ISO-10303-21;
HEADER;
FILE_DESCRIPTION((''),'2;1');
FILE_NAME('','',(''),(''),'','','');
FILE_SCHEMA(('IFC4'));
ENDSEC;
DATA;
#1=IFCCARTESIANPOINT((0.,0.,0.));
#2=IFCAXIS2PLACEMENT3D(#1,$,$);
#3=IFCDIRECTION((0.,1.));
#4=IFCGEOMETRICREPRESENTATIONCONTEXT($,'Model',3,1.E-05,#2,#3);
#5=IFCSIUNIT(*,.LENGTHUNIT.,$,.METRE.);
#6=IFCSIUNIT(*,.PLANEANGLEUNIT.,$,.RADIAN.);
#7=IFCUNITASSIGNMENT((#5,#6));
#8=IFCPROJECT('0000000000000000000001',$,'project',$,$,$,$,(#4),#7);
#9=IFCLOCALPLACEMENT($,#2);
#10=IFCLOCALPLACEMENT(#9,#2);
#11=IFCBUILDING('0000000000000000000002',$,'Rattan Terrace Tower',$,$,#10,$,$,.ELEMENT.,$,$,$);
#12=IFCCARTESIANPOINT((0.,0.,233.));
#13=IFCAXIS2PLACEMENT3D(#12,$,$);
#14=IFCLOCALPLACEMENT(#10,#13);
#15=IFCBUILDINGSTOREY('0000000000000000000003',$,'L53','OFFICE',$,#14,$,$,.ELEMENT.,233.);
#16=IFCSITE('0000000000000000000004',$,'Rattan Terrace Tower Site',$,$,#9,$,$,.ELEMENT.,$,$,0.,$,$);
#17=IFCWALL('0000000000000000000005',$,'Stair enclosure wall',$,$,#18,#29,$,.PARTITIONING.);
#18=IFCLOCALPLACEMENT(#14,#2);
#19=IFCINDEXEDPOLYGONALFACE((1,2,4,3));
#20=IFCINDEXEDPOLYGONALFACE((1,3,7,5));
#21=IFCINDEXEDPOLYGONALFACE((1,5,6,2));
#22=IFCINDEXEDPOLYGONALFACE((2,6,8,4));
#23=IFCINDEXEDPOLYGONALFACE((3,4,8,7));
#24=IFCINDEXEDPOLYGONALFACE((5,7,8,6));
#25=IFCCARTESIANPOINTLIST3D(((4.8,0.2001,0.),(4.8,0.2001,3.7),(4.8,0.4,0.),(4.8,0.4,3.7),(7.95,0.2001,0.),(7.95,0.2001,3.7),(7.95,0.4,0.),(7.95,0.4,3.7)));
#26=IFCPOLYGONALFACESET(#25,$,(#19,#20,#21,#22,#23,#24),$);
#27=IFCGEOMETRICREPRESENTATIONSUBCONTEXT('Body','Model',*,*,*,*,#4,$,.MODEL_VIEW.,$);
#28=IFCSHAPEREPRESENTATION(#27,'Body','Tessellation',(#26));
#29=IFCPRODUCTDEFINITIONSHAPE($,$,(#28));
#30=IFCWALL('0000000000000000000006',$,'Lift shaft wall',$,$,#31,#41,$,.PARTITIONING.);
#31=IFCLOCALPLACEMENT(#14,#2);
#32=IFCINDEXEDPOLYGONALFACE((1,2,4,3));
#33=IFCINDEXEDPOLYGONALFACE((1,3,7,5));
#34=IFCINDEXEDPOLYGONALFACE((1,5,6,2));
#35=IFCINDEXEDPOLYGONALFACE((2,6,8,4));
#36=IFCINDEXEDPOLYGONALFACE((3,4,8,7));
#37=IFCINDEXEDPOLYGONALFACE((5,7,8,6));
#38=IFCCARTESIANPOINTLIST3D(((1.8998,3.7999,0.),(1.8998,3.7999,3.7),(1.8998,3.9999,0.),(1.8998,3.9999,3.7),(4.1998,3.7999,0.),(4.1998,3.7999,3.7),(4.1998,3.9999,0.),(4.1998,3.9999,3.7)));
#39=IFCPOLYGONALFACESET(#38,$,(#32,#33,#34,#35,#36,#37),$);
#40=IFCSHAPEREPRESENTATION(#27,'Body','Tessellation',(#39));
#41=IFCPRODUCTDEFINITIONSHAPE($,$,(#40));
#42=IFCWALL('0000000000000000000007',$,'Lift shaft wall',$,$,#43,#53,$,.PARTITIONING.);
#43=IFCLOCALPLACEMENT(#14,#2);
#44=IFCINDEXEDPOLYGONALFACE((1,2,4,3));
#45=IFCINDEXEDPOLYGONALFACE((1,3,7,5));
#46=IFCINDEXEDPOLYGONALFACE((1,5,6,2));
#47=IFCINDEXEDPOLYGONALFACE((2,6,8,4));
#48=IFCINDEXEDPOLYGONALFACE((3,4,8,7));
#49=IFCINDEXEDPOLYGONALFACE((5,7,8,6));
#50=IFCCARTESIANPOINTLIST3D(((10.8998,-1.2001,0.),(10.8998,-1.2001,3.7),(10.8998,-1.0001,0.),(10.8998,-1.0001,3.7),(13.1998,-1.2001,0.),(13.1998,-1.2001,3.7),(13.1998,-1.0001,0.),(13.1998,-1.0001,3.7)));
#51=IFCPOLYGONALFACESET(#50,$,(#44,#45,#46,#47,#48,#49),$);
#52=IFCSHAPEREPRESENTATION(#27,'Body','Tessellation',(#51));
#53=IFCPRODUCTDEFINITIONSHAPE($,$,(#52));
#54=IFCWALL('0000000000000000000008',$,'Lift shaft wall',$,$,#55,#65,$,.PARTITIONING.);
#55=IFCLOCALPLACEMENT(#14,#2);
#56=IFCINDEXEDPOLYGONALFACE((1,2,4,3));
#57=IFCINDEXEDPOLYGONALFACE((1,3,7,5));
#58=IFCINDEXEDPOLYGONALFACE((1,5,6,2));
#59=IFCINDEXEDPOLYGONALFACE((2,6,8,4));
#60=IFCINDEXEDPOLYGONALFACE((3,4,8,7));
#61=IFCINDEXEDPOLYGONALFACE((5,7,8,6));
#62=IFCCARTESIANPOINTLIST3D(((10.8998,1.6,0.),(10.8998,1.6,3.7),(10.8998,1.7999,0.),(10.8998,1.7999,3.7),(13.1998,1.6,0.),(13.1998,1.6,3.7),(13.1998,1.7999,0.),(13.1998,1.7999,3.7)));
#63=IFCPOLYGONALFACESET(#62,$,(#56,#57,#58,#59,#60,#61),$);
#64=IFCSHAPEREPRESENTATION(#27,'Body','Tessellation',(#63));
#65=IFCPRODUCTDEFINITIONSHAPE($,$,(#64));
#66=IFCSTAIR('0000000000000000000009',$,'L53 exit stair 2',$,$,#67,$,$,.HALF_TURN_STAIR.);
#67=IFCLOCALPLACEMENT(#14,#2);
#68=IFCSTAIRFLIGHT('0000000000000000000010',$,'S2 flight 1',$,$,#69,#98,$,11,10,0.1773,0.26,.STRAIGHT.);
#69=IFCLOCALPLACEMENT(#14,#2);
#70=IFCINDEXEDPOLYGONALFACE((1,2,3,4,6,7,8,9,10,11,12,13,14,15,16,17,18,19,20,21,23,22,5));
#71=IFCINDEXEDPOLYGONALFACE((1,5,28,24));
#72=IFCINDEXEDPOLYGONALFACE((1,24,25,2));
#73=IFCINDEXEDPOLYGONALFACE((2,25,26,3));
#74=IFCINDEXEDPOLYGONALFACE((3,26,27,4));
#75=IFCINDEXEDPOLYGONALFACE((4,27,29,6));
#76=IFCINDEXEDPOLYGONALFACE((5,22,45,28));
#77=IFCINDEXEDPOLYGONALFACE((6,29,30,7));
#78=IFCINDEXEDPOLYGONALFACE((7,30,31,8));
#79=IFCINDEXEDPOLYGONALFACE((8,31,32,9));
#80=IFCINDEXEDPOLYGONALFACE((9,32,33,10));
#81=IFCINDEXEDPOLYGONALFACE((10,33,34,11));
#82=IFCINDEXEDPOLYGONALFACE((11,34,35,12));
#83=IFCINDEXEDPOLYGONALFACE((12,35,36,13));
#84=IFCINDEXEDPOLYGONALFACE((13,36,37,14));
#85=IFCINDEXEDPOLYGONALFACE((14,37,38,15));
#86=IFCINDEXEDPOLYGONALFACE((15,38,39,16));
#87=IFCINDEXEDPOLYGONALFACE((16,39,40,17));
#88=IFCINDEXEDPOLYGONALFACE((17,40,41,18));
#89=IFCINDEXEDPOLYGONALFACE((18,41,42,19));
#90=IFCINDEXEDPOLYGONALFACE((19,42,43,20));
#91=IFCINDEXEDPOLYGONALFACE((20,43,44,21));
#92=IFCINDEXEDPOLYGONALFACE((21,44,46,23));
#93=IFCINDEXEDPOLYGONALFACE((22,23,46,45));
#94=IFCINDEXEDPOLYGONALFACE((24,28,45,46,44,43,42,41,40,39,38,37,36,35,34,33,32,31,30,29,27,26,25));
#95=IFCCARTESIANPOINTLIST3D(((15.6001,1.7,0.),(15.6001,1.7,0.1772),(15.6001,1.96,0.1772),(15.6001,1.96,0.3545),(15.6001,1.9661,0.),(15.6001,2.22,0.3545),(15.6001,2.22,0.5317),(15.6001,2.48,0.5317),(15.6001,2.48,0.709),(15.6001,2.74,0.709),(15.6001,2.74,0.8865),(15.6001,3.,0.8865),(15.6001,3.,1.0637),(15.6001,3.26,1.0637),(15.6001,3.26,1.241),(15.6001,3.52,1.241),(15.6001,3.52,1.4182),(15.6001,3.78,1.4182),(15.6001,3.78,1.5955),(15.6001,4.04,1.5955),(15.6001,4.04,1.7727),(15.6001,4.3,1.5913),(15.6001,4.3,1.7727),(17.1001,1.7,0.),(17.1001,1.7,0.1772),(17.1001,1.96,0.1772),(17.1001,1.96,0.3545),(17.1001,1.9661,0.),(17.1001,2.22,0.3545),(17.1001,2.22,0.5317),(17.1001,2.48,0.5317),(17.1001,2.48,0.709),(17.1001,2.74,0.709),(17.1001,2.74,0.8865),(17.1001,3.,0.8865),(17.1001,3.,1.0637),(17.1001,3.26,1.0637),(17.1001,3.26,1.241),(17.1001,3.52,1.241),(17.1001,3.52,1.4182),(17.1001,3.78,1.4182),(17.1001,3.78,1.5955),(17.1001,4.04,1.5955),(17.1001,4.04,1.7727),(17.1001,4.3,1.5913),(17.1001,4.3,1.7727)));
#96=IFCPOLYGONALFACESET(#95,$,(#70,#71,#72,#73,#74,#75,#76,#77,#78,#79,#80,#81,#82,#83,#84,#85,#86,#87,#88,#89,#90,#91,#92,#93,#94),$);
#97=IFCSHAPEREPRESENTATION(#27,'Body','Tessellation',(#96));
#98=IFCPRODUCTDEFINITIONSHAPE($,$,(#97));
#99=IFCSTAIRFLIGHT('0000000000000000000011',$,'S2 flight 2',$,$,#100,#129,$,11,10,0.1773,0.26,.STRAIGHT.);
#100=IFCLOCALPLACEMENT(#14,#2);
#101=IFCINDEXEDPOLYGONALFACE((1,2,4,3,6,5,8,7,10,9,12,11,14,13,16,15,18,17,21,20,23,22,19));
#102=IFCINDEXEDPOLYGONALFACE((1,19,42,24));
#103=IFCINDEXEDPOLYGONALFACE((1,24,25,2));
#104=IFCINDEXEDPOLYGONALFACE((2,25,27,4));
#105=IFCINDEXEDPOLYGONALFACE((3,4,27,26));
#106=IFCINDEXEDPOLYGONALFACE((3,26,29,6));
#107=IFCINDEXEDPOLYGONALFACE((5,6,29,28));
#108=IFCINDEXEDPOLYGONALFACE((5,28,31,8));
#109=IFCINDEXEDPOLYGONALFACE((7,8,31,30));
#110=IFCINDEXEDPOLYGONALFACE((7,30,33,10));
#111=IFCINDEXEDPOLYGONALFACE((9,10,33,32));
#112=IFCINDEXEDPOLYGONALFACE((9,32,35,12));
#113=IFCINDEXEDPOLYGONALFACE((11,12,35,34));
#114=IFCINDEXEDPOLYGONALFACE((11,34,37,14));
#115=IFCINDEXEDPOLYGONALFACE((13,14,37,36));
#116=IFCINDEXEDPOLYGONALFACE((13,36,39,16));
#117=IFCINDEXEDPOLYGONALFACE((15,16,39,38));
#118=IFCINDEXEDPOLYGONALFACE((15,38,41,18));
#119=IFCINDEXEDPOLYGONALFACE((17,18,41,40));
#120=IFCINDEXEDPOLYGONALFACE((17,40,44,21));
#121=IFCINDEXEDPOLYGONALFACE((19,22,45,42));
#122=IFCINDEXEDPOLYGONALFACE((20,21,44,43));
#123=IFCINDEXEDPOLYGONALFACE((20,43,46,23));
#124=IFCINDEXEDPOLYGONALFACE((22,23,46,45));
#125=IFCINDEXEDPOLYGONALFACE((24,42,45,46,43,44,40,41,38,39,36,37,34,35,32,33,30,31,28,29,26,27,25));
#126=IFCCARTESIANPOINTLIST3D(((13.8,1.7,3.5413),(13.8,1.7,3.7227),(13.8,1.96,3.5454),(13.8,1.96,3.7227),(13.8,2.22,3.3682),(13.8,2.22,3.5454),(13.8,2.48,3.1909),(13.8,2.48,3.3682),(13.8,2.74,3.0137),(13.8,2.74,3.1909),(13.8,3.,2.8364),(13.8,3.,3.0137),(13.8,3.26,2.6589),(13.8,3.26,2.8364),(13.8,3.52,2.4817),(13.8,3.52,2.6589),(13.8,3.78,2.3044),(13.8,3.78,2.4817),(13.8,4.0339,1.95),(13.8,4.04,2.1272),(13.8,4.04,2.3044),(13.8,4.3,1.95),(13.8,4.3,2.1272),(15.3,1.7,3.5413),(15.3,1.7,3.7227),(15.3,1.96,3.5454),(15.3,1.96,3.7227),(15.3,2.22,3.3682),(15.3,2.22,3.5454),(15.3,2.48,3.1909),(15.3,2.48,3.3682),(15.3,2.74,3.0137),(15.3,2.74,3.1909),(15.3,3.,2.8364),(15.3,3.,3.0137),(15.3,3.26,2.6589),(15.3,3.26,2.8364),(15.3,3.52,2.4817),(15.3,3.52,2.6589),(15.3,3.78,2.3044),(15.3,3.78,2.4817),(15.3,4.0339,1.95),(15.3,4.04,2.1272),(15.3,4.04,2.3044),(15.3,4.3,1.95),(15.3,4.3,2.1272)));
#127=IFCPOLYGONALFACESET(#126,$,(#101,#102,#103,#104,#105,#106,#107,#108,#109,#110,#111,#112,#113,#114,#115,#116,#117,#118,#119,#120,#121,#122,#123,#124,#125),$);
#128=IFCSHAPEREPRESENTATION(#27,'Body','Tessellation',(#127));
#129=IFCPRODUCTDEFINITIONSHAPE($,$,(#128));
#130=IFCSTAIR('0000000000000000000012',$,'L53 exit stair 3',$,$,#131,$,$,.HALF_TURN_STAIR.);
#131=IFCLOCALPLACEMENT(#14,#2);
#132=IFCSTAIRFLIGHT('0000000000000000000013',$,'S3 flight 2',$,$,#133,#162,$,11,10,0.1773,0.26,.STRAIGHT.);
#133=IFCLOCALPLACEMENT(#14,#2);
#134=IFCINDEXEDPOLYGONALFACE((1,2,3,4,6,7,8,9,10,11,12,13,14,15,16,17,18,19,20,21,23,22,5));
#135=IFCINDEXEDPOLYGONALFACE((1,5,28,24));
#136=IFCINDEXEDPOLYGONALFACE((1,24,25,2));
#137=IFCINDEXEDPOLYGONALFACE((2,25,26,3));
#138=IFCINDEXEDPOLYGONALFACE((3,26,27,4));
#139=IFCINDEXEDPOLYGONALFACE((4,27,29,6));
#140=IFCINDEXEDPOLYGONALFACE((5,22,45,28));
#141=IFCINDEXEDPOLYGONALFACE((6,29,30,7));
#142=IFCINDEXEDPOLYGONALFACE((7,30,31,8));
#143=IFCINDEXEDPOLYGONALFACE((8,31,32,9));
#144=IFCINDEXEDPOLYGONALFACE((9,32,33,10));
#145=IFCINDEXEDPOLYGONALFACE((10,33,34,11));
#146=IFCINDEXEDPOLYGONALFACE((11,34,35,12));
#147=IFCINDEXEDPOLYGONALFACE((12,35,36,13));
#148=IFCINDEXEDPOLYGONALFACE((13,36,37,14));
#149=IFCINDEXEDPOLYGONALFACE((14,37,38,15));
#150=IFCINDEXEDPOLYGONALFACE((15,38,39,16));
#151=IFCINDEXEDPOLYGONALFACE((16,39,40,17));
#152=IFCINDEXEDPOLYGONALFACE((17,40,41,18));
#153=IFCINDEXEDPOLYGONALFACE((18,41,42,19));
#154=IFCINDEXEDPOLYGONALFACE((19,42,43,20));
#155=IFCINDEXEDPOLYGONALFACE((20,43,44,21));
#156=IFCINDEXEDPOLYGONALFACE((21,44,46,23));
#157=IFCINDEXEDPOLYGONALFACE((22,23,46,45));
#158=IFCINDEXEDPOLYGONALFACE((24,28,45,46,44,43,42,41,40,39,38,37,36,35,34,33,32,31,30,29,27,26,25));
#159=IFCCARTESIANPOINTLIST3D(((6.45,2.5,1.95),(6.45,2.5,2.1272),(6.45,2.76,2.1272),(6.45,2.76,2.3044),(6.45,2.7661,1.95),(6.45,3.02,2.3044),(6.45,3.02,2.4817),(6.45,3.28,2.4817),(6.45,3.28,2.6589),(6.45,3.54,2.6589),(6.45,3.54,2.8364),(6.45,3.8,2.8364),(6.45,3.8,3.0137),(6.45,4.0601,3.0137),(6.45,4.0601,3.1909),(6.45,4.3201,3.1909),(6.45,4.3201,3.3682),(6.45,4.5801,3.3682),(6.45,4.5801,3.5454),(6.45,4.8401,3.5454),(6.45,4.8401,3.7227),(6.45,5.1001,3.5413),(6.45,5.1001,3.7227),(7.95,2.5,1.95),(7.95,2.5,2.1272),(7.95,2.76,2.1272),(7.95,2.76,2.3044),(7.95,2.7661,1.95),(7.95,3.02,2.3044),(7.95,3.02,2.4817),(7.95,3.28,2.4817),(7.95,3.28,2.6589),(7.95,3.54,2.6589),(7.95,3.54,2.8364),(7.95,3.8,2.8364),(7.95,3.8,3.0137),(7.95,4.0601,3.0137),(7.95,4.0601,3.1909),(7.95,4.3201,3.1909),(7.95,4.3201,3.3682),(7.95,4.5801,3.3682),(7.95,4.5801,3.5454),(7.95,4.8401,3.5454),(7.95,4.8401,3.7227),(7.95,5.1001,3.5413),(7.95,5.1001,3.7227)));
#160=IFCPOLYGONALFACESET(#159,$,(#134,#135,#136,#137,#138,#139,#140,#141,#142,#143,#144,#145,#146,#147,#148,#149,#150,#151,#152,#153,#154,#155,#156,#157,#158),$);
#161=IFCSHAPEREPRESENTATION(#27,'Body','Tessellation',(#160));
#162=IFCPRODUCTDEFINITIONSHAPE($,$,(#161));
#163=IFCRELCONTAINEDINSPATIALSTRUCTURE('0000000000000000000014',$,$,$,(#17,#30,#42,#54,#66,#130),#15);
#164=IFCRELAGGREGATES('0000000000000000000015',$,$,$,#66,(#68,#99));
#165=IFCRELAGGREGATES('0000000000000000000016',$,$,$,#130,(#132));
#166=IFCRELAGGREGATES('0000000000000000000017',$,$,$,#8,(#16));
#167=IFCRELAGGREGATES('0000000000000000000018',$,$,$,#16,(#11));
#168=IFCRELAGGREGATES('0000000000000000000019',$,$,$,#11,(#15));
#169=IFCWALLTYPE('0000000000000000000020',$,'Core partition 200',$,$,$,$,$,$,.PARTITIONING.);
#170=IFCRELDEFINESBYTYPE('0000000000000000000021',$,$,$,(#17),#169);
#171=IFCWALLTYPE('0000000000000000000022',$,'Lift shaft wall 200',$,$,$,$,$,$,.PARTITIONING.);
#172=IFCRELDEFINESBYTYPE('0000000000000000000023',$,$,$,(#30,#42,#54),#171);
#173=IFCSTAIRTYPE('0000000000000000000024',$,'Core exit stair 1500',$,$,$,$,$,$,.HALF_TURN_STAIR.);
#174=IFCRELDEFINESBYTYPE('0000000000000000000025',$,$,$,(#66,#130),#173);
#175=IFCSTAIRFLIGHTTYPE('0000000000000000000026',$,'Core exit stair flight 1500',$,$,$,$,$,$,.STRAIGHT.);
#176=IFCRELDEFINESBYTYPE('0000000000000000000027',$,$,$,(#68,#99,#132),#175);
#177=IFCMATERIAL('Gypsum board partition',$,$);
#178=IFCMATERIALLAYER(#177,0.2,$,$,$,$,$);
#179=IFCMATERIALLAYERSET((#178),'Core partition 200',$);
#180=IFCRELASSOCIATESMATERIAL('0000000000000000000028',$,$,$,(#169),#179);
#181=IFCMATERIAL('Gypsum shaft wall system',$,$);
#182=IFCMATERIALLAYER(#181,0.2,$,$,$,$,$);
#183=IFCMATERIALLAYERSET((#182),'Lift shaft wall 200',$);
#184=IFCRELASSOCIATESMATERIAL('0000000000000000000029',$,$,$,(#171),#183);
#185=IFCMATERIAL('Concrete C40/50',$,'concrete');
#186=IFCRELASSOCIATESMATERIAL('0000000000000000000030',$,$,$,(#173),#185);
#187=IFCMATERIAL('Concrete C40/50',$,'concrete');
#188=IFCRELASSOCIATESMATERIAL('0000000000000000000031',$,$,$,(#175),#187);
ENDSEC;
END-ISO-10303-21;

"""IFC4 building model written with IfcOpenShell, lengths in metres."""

from ifc_helpers import new_model, si_unit, direction, frame, frame_2d, origin, place, context, subcontext, project, spatial, polyline, rectangle, outline, extrude, material, layer, layer_set, type_object, element, aggregate, save


model = new_model("IFC4")

# Units and contexts
model_context = context("Model", 3, precision=1e-05, world=origin(), true_north=direction((0.0, 1.0)))
body_context = subcontext(model_context, "Body", "Model", "MODEL_VIEW")
ifc_project = project(units=[si_unit("LENGTHUNIT", "METRE"), si_unit("PLANEANGLEUNIT", "RADIAN")], contexts=[model_context])

# Site, building, storey
site_placement = place(None, origin())
site = spatial("IfcSite", under=ifc_project, at=site_placement, Name="Rattan Terrace Tower Site", CompositionType="ELEMENT", RefElevation=0.0)
building_placement = place(site_placement, origin())
building = spatial("IfcBuilding", under=site, at=building_placement, Name="Rattan Terrace Tower", CompositionType="ELEMENT")
storey_placement = place(building_placement, frame((0.0, 0.0, 233.0)))
storey = spatial("IfcBuildingStorey", under=building, at=storey_placement, Name="L53", Description="OFFICE", CompositionType="ELEMENT", Elevation=233.0)

# Shared definitions
ifc_material_1 = material(Name="Gypsum board partition")
ifc_layer_1 = layer(ifc_material_1, 0.2)
ifc_layer_set_1 = layer_set([ifc_layer_1], Name="Core partition 200")
wall_type_1 = type_object("IfcWallType", Name="Core partition 200", PredefinedType="PARTITIONING", material=ifc_layer_set_1)

# Walls
wall_1_placement = place(storey_placement, frame((4.8, 0.3, 0.0), z_axis=(0.0, 0.0, 1.0), x_axis=(1.0, 0.0, 0.0)))
element("IfcWall", 1, at=wall_1_placement, inside=storey, type_object=wall_type_1, Name="Stair enclosure wall", PredefinedType="PARTITIONING", context=body_context, shape_type="SweptSolid", body=[
    extrude(rectangle(XDim=3.1499, YDim=0.2, at=frame_2d((1.575, 0.0))), origin(), (0.0, 0.0, 1.0), 3.7),
])
ifc_material_2 = material(Name="Gypsum shaft wall system")
ifc_layer_2 = layer(ifc_material_2, 0.2)
ifc_layer_set_2 = layer_set([ifc_layer_2], Name="Lift shaft wall 200")
wall_type_2 = type_object("IfcWallType", Name="Lift shaft wall 200", PredefinedType="PARTITIONING", material=ifc_layer_set_2)
for number, where, z_axis, x_axis, name in (
    (2, (1.8999, 3.8999, 0.0), (0.0, 0.0, 1.0), (1.0, 0.0, 0.0), "Lift shaft wall"),
    (3, (10.8999, -1.1001, 0.0), (0.0, 0.0, 1.0), (1.0, 0.0, 0.0), "Lift shaft wall"),
    (4, (10.8999, 1.7, 0.0), (0.0, 0.0, 1.0), (1.0, 0.0, 0.0), "Lift shaft wall"),
):
    element("IfcWall", number, at=place(storey_placement, frame(where, z_axis=z_axis, x_axis=x_axis)), inside=storey, type_object=wall_type_2, Name=name, PredefinedType="PARTITIONING", context=body_context, shape_type="SweptSolid", body=[
        extrude(rectangle(XDim=2.3, YDim=0.2, at=frame_2d((1.1499, 0.0))), origin(), (0.0, 0.0, 1.0), 3.7),
    ])

# Stair, stair flights
ifc_material_3 = material(Name="Concrete C40/50", Category="concrete")
stair_type = type_object("IfcStairType", Name="Core exit stair 1500", PredefinedType="HALF_TURN_STAIR", material=ifc_material_3)
stair_1_placement = place(storey_placement, origin())
stair_1 = element("IfcStair", 5, at=stair_1_placement, inside=storey, type_object=stair_type, Name="L53 exit stair 2", PredefinedType="HALF_TURN_STAIR")
ifc_material_4 = material(Name="Concrete C40/50", Category="concrete")
stair_flight_type = type_object("IfcStairFlightType", Name="Core exit stair flight 1500", PredefinedType="STRAIGHT", material=ifc_material_4)
stair_flight_1_placement = place(storey_placement, frame((16.3501, 1.7, 0.0), z_axis=(0.0, 0.0, 1.0), x_axis=(0.0, 1.0, 0.0)))
stair_flight_1 = element("IfcStairFlight", 6, at=stair_flight_1_placement, type_object=stair_flight_type, Name="S2 flight 1", NumberOfRisers=11, NumberOfTreads=10, PredefinedType="STRAIGHT", RiserHeight=0.1773, TreadLength=0.26, context=body_context, shape_type="SweptSolid", body=[
    extrude(outline(polyline([(0.0, 0.0), (0.0, 0.1772), (0.26, 0.1772), (0.26, 0.3545), (0.52, 0.3545), (0.52, 0.5317), (0.78, 0.5317), (0.78, 0.709), (1.04, 0.709), (1.04, 0.8865), (1.3, 0.8865), (1.3, 1.0637), (1.5601, 1.0637), (1.5601, 1.241), (1.8201, 1.241), (1.8201, 1.4182), (2.0801, 1.4182), (2.0801, 1.5955), (2.3401, 1.5955), (2.3401, 1.7727), (2.6001, 1.7727), (2.6001, 1.95), (2.6001, 1.5913), (0.2661, 0.0), (0.0, 0.0)])), frame((0.0, 0.75, 0.0), z_axis=(0.0, -1.0, 0.0), x_axis=(1.0, 0.0, 0.0)), (0.0, 0.0, 1.0), 1.5),
])
stair_flight_2_placement = place(storey_placement, frame((14.55, 4.3, 1.95), z_axis=(0.0, 0.0, 1.0), x_axis=(0.0, -1.0, 0.0)))
stair_flight_2 = element("IfcStairFlight", 7, at=stair_flight_2_placement, type_object=stair_flight_type, Name="S2 flight 2", NumberOfRisers=11, NumberOfTreads=10, PredefinedType="STRAIGHT", RiserHeight=0.1773, TreadLength=0.26, context=body_context, shape_type="SweptSolid", body=[
    extrude(outline(polyline([(0.0, 0.0), (0.0, 0.1772), (0.26, 0.1772), (0.26, 0.3545), (0.52, 0.3545), (0.52, 0.5317), (0.78, 0.5317), (0.78, 0.709), (1.04, 0.709), (1.04, 0.8865), (1.3, 0.8865), (1.3, 1.0637), (1.5601, 1.0637), (1.5601, 1.241), (1.8201, 1.241), (1.8201, 1.4182), (2.0801, 1.4182), (2.0801, 1.5955), (2.3401, 1.5955), (2.3401, 1.7727), (2.6001, 1.7727), (2.6001, 1.95), (2.6001, 1.5913), (0.2661, 0.0), (0.0, 0.0)])), frame((0.0, 0.75, 0.0), z_axis=(0.0, -1.0, 0.0), x_axis=(1.0, 0.0, 0.0)), (0.0, 0.0, 1.0), 1.5),
])
aggregate(stair_1, [stair_flight_1, stair_flight_2])

# Stair, stair flight
stair_2_placement = place(storey_placement, origin())
stair_2 = element("IfcStair", 8, at=stair_2_placement, inside=storey, type_object=stair_type, Name="L53 exit stair 3", PredefinedType="HALF_TURN_STAIR")
stair_flight_3_placement = place(storey_placement, frame((7.2, 2.5, 1.95), z_axis=(0.0, 0.0, 1.0), x_axis=(0.0, 1.0, 0.0)))
stair_flight_3 = element("IfcStairFlight", 9, at=stair_flight_3_placement, type_object=stair_flight_type, Name="S3 flight 2", NumberOfRisers=11, NumberOfTreads=10, PredefinedType="STRAIGHT", RiserHeight=0.1773, TreadLength=0.26, context=body_context, shape_type="SweptSolid", body=[
    extrude(outline(polyline([(0.0, 0.0), (0.0, 0.1772), (0.26, 0.1772), (0.26, 0.3545), (0.52, 0.3545), (0.52, 0.5317), (0.78, 0.5317), (0.78, 0.709), (1.04, 0.709), (1.04, 0.8865), (1.3, 0.8865), (1.3, 1.0637), (1.5601, 1.0637), (1.5601, 1.241), (1.8201, 1.241), (1.8201, 1.4182), (2.0801, 1.4182), (2.0801, 1.5955), (2.3401, 1.5955), (2.3401, 1.7727), (2.6001, 1.7727), (2.6001, 1.95), (2.6001, 1.5913), (0.2661, 0.0), (0.0, 0.0)])), frame((0.0, 0.75, 0.0), z_axis=(0.0, -1.0, 0.0), x_axis=(1.0, 0.0, 0.0)), (0.0, 0.0, 1.0), 1.5),
])
aggregate(stair_2, [stair_flight_3])

save(model, "model.ifc")
